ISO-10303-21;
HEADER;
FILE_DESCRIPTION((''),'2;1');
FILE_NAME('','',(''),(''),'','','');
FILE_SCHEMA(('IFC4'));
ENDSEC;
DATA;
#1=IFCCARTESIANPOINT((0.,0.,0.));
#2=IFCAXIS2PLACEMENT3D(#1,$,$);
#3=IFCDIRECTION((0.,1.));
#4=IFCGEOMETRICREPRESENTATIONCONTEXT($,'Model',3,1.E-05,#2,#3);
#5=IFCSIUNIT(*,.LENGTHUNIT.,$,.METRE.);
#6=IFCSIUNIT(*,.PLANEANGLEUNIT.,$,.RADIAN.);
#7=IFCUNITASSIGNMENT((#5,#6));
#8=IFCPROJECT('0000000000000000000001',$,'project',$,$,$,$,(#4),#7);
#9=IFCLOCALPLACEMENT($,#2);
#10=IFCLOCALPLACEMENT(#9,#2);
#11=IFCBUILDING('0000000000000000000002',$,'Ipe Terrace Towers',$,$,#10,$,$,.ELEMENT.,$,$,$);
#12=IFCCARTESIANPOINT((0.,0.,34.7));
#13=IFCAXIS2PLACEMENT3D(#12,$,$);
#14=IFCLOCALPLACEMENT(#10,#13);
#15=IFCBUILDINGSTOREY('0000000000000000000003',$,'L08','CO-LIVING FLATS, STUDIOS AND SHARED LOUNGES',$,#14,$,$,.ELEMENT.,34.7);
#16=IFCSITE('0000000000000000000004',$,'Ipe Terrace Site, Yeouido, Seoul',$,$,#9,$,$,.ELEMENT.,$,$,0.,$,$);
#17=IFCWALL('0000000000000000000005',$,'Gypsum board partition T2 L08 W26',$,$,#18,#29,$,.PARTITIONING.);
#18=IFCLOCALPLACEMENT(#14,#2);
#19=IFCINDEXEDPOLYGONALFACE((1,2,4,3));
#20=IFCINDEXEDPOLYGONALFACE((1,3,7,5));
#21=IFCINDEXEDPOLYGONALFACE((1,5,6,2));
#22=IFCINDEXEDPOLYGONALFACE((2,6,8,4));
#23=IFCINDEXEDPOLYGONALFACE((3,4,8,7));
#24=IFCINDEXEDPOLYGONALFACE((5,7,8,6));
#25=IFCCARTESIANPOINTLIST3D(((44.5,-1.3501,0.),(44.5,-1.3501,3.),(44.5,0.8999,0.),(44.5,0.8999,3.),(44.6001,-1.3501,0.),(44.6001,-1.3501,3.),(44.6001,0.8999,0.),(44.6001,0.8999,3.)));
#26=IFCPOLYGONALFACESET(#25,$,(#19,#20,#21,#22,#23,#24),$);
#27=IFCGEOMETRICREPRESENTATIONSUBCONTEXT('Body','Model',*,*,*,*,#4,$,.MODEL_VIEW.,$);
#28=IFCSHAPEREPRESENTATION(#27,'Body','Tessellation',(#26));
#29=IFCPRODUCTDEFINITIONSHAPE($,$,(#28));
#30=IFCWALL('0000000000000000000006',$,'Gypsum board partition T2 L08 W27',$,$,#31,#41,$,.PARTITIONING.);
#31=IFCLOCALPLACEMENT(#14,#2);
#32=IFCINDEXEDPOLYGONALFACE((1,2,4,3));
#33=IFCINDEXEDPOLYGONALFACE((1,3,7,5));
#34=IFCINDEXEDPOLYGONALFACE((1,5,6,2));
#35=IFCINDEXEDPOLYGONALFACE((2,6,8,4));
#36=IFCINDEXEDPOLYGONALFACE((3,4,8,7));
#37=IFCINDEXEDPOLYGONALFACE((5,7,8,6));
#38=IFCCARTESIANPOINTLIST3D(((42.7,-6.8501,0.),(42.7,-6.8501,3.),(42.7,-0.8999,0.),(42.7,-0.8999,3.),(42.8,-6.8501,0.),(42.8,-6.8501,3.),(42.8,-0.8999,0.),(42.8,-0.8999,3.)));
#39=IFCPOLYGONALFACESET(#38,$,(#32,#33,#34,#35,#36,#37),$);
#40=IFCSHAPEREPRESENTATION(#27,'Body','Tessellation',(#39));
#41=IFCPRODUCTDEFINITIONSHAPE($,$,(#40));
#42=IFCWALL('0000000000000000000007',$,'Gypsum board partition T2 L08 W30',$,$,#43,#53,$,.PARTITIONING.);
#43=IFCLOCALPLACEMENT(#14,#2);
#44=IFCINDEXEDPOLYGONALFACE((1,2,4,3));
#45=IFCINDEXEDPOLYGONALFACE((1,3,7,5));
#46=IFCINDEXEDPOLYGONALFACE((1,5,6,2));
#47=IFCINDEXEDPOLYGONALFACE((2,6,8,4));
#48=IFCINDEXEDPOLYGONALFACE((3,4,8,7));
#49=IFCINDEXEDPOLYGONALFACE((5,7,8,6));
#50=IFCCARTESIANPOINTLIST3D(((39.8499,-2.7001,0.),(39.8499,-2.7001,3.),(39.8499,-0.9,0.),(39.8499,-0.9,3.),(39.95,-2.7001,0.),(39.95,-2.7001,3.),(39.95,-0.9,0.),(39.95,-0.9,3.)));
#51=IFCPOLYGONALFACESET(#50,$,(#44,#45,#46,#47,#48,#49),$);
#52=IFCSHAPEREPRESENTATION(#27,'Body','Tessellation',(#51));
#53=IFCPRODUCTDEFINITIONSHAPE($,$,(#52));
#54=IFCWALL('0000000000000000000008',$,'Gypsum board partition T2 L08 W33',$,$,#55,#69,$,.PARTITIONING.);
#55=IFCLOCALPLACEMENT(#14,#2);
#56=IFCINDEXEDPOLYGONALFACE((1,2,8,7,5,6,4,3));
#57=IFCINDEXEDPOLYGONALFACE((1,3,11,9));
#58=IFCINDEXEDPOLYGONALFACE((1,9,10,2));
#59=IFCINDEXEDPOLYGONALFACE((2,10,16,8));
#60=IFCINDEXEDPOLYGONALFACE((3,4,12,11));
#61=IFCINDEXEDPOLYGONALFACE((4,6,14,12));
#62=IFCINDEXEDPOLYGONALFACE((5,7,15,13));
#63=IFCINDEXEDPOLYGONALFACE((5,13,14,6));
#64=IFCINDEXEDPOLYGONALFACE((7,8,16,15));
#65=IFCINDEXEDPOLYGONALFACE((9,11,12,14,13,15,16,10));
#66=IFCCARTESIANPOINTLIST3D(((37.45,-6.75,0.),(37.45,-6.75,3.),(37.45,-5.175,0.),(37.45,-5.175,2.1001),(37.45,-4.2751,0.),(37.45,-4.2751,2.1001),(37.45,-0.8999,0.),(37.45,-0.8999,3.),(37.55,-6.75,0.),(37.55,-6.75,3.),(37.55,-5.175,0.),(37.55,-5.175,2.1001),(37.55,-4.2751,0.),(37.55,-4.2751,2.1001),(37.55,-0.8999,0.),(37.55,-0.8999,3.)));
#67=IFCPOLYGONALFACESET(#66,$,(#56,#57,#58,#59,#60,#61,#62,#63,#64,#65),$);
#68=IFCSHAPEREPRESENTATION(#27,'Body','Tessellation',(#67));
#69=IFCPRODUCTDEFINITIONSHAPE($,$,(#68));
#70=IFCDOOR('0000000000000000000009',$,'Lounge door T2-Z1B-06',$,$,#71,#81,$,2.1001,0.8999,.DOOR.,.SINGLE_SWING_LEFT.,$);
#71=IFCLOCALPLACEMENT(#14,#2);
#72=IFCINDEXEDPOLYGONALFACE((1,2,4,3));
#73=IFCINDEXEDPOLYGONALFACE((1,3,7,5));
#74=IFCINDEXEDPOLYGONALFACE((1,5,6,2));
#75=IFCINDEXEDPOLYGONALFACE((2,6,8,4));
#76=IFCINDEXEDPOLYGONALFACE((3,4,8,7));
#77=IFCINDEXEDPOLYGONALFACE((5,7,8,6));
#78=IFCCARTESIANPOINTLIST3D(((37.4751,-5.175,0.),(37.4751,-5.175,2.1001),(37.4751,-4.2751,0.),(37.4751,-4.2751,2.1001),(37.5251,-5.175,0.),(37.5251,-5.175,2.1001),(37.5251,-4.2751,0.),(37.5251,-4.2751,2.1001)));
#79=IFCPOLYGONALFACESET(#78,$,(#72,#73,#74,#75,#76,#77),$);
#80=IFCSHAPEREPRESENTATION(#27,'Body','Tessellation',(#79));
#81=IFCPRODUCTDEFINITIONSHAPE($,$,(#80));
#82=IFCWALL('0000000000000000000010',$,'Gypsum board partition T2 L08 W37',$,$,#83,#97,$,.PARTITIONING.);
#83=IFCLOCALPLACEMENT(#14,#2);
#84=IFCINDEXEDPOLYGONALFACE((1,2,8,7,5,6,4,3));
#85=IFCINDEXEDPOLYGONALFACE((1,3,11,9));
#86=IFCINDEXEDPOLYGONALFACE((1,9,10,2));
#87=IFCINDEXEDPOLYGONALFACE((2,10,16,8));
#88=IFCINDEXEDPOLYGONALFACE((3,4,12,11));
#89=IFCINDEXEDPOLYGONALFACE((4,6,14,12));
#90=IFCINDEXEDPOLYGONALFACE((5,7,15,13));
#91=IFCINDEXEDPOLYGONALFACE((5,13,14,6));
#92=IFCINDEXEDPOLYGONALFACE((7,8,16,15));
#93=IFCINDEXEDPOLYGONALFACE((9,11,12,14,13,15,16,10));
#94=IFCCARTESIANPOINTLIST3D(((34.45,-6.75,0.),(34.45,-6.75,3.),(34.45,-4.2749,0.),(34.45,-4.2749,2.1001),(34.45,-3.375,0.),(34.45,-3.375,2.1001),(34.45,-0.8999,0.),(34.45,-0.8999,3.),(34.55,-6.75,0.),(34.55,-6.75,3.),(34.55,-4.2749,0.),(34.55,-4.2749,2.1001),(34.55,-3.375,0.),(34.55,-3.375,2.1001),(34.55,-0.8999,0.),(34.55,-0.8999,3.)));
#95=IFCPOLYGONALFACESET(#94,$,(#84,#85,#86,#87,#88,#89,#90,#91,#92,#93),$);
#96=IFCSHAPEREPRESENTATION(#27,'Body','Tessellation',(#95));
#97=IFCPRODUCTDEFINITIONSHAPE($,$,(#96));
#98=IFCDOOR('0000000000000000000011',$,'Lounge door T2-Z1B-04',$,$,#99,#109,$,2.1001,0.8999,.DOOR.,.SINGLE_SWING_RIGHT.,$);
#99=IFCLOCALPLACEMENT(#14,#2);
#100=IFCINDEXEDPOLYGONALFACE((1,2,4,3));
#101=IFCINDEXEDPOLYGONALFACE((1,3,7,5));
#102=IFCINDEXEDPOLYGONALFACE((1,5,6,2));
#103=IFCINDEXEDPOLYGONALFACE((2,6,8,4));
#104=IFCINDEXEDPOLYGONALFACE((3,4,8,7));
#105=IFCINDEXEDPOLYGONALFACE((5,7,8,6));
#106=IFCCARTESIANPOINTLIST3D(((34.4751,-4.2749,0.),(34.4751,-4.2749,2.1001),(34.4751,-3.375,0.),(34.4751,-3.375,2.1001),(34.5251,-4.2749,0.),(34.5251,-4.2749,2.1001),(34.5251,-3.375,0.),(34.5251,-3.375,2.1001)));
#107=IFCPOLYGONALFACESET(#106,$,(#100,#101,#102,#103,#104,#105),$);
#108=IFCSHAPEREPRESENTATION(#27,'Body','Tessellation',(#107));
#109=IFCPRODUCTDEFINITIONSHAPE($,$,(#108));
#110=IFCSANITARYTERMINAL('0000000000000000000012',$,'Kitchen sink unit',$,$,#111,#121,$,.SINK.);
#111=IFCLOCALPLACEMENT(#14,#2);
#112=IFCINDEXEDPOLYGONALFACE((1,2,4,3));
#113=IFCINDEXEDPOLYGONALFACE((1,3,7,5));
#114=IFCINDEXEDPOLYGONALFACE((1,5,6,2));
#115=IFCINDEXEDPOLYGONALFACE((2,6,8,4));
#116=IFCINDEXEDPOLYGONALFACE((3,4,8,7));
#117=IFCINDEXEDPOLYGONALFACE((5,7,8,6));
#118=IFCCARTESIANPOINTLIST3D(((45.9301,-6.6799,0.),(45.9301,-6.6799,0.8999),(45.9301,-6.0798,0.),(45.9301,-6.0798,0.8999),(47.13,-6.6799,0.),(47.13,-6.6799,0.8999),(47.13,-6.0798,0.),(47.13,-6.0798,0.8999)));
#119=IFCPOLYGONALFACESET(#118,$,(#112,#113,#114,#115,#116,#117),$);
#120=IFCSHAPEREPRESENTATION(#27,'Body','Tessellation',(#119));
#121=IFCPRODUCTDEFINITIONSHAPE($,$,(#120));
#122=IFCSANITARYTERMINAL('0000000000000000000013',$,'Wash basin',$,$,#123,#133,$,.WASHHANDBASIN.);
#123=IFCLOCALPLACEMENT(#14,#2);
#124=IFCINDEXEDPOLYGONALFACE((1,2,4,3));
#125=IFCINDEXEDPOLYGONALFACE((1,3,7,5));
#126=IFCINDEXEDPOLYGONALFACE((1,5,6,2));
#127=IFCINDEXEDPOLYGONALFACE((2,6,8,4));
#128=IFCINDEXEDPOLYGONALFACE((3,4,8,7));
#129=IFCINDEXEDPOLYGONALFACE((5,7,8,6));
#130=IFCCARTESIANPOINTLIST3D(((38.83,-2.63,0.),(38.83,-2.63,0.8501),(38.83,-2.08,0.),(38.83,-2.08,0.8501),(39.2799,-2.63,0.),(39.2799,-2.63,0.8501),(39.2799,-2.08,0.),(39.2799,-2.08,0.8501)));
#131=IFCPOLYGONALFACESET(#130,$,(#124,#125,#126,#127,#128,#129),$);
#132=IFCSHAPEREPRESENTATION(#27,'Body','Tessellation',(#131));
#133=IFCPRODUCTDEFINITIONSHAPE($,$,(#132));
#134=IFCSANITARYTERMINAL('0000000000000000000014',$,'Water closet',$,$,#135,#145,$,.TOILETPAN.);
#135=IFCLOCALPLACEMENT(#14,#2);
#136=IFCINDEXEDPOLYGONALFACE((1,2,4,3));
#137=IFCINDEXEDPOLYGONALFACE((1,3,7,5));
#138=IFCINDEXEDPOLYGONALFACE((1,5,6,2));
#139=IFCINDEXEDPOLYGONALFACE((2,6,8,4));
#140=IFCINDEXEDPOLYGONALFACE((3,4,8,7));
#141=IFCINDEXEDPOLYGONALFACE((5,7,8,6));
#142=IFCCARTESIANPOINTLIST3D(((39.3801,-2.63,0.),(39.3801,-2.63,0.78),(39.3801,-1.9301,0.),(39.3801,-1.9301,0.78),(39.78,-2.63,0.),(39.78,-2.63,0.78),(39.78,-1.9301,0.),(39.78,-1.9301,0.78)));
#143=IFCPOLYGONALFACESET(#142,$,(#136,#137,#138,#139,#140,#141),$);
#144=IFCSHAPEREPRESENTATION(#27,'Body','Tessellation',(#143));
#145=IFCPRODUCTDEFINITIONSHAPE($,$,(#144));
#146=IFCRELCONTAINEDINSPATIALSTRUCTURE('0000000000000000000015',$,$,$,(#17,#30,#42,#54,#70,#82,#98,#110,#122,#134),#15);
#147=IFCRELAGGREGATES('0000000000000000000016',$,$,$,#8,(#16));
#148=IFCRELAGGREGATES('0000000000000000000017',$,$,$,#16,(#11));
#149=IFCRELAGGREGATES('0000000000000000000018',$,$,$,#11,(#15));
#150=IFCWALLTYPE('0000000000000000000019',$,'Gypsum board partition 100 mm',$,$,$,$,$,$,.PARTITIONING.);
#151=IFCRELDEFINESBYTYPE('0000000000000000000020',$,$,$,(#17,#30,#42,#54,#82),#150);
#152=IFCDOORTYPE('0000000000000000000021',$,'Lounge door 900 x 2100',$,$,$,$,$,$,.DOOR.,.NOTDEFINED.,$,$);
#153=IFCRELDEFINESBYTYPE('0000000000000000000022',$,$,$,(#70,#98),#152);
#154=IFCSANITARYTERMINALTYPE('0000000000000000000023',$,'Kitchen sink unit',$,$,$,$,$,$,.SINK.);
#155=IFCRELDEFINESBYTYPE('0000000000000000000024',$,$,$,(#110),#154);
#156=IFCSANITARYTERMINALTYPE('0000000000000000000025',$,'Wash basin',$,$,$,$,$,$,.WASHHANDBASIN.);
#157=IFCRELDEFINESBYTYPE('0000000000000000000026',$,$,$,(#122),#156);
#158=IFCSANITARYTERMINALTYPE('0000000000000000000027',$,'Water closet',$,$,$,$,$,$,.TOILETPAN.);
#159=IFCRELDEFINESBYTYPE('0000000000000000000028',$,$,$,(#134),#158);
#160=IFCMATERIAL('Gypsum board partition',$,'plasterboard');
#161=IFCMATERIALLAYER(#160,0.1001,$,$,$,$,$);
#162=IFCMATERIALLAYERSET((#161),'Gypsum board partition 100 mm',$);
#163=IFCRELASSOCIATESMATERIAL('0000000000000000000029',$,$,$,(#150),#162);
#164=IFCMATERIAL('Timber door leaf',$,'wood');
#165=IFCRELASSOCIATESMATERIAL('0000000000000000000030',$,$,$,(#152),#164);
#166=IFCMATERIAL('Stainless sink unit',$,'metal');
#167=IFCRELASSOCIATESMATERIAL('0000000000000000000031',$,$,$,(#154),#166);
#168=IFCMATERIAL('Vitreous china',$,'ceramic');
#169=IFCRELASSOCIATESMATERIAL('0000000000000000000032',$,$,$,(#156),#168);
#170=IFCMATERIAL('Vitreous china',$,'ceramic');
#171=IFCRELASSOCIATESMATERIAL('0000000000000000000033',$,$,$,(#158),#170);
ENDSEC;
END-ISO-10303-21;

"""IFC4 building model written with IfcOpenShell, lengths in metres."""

from ifc_helpers import new_model, si_unit, direction, frame, frame_2d, origin, origin_2d, place, context, subcontext, project, spatial, rectangle, extrude, material, layer, layer_set, type_object, element, fill, save


model = new_model("IFC4")

# Units and contexts
model_context = context("Model", 3, precision=1e-05, world=origin(), true_north=direction((0.0, 1.0)))
body_context = subcontext(model_context, "Body", "Model", "MODEL_VIEW")
ifc_project = project(units=[si_unit("LENGTHUNIT", "METRE"), si_unit("PLANEANGLEUNIT", "RADIAN")], contexts=[model_context])

# Site, building, storey
site_placement = place(None, origin())
site = spatial("IfcSite", under=ifc_project, at=site_placement, Name="Ipe Terrace Site, Yeouido, Seoul", CompositionType="ELEMENT", RefElevation=0.0)
building_placement = place(site_placement, origin())
building = spatial("IfcBuilding", under=site, at=building_placement, Name="Ipe Terrace Towers", CompositionType="ELEMENT")
storey_placement = place(building_placement, frame((0.0, 0.0, 34.7)))
storey = spatial("IfcBuildingStorey", under=building, at=storey_placement, Name="L08", Description="CO-LIVING FLATS, STUDIOS AND SHARED LOUNGES", CompositionType="ELEMENT", Elevation=34.7)

# Shared definitions
ifc_material_1 = material(Name="Gypsum board partition", Category="plasterboard")
ifc_layer_1 = layer(ifc_material_1, 0.1001)
ifc_layer_set_1 = layer_set([ifc_layer_1], Name="Gypsum board partition 100 mm")
wall_type = type_object("IfcWallType", Name="Gypsum board partition 100 mm", PredefinedType="PARTITIONING", material=ifc_layer_set_1)

# Shared definitions
ifc_material_2 = material(Name="Timber door leaf", Category="wood")
door_type = type_object("IfcDoorType", Name="Lounge door 900 x 2100", OperationType="NOTDEFINED", PredefinedType="DOOR", material=ifc_material_2)

# Walls
wall_1_placement = place(storey_placement, frame((44.55, -1.3501, 0.0), z_axis=(0.0, 0.0, 1.0), x_axis=(0.0, 1.0, 0.0)))
element("IfcWall", 1, at=wall_1_placement, inside=storey, type_object=wall_type, Name="Gypsum board partition T2 L08 W26", PredefinedType="PARTITIONING", context=body_context, shape_type="SweptSolid", body=[
    extrude(rectangle(XDim=2.25, YDim=0.1001, at=frame_2d((1.125, 0.0))), origin(), (0.0, 0.0, 1.0), 3.0),
])
wall_2_placement = place(storey_placement, frame((42.75, -6.8501, 0.0), z_axis=(0.0, 0.0, 1.0), x_axis=(0.0, 1.0, 0.0)))
element("IfcWall", 2, at=wall_2_placement, inside=storey, type_object=wall_type, Name="Gypsum board partition T2 L08 W27", PredefinedType="PARTITIONING", context=body_context, shape_type="SweptSolid", body=[
    extrude(rectangle(XDim=5.9502, YDim=0.1001, at=frame_2d((2.9751, 0.0))), origin(), (0.0, 0.0, 1.0), 3.0),
])
wall_3_placement = place(storey_placement, frame((39.8999, -2.7, 0.0), z_axis=(0.0, 0.0, 1.0), x_axis=(0.0, 1.0, 0.0)))
element("IfcWall", 3, at=wall_3_placement, inside=storey, type_object=wall_type, Name="Gypsum board partition T2 L08 W30", PredefinedType="PARTITIONING", context=body_context, shape_type="SweptSolid", body=[
    extrude(rectangle(XDim=1.8, YDim=0.1001, at=frame_2d((0.8999, 0.0))), origin(), (0.0, 0.0, 1.0), 3.0),
])

# Walls, openings, doors
wall_4_placement = place(storey_placement, frame((37.5, -6.75, 0.0), z_axis=(0.0, 0.0, 1.0), x_axis=(0.0, 1.0, 0.0)))
wall_4 = element("IfcWall", 4, at=wall_4_placement, inside=storey, type_object=wall_type, Name="Gypsum board partition T2 L08 W33", PredefinedType="PARTITIONING", context=body_context, shape_type="SweptSolid", body=[
    extrude(rectangle(XDim=5.8501, YDim=0.1001, at=frame_2d((2.925, 0.0))), origin(), (0.0, 0.0, 1.0), 3.0),
])
opening_1_placement = place(wall_4_placement, frame((1.575, 0.0, 0.0)))
opening_1 = element("IfcOpeningElement", 5, at=opening_1_placement, cuts=wall_4, PredefinedType="OPENING", context=body_context, shape_type="SweptSolid", body=[
    extrude(rectangle(XDim=0.8999, YDim=2.1001, at=frame_2d((0.45, 1.05))), frame((0.0, 0.0601, 0.0), z_axis=(0.0, -1.0, 0.0), x_axis=(1.0, 0.0, 0.0)), (0.0, 0.0, 1.0), 0.1201),
])
door_1_placement = place(opening_1_placement, origin())
door_1 = element("IfcDoor", 6, at=door_1_placement, inside=storey, type_object=door_type, Name="Lounge door T2-Z1B-06", OperationType="SINGLE_SWING_LEFT", OverallHeight=2.1001, OverallWidth=0.8999, PredefinedType="DOOR", context=body_context, shape_type="SweptSolid", body=[
    extrude(rectangle(XDim=0.8999, YDim=2.1001, at=frame_2d((0.45, 1.05))), frame((0.0, 0.0249, 0.0), z_axis=(0.0, -1.0, 0.0), x_axis=(1.0, 0.0, 0.0)), (0.0, 0.0, 1.0), 0.05),
])
fill(opening_1, door_1)
wall_5_placement = place(storey_placement, frame((34.5, -6.75, 0.0), z_axis=(0.0, 0.0, 1.0), x_axis=(0.0, 1.0, 0.0)))
wall_5 = element("IfcWall", 7, at=wall_5_placement, inside=storey, type_object=wall_type, Name="Gypsum board partition T2 L08 W37", PredefinedType="PARTITIONING", context=body_context, shape_type="SweptSolid", body=[
    extrude(rectangle(XDim=5.8501, YDim=0.1001, at=frame_2d((2.925, 0.0))), origin(), (0.0, 0.0, 1.0), 3.0),
])
opening_2_placement = place(wall_5_placement, frame((2.4751, 0.0, 0.0)))
opening_2 = element("IfcOpeningElement", 8, at=opening_2_placement, cuts=wall_5, PredefinedType="OPENING", context=body_context, shape_type="SweptSolid", body=[
    extrude(rectangle(XDim=0.8999, YDim=2.1001, at=frame_2d((0.45, 1.05))), frame((0.0, 0.0601, 0.0), z_axis=(0.0, -1.0, 0.0), x_axis=(1.0, 0.0, 0.0)), (0.0, 0.0, 1.0), 0.1201),
])
door_2_placement = place(opening_2_placement, origin())
door_2 = element("IfcDoor", 9, at=door_2_placement, inside=storey, type_object=door_type, Name="Lounge door T2-Z1B-04", OperationType="SINGLE_SWING_RIGHT", OverallHeight=2.1001, OverallWidth=0.8999, PredefinedType="DOOR", context=body_context, shape_type="SweptSolid", body=[
    extrude(rectangle(XDim=0.8999, YDim=2.1001, at=frame_2d((0.45, 1.05))), frame((0.0, 0.0249, 0.0), z_axis=(0.0, -1.0, 0.0), x_axis=(1.0, 0.0, 0.0)), (0.0, 0.0, 1.0), 0.05),
])
fill(opening_2, door_2)

# Sanitary terminals
ifc_material_3 = material(Name="Stainless sink unit", Category="metal")
sanitary_terminal_type_1 = type_object("IfcSanitaryTerminalType", Name="Kitchen sink unit", PredefinedType="SINK", material=ifc_material_3)
sanitary_terminal_1_placement = place(storey_placement, frame((46.53, -6.3799, 0.0), z_axis=(0.0, 0.0, 1.0), x_axis=(-1.0, 0.0, 0.0)))
element("IfcSanitaryTerminal", 10, at=sanitary_terminal_1_placement, inside=storey, type_object=sanitary_terminal_type_1, Name="Kitchen sink unit", PredefinedType="SINK", context=body_context, shape_type="SweptSolid", body=[
    extrude(rectangle(XDim=1.2, YDim=0.6001, at=origin_2d()), origin(), (0.0, 0.0, 1.0), 0.8999),
])
ifc_material_4 = material(Name="Vitreous china", Category="ceramic")
sanitary_terminal_type_2 = type_object("IfcSanitaryTerminalType", Name="Wash basin", PredefinedType="WASHHANDBASIN", material=ifc_material_4)
sanitary_terminal_2_placement = place(storey_placement, frame((39.0549, -2.355, 0.0), z_axis=(0.0, 0.0, 1.0), x_axis=(0.0, 1.0, 0.0)))
element("IfcSanitaryTerminal", 11, at=sanitary_terminal_2_placement, inside=storey, type_object=sanitary_terminal_type_2, Name="Wash basin", PredefinedType="WASHHANDBASIN", context=body_context, shape_type="SweptSolid", body=[
    extrude(rectangle(XDim=0.55, YDim=0.45, at=origin_2d()), origin(), (0.0, 0.0, 1.0), 0.8501),
])
ifc_material_5 = material(Name="Vitreous china", Category="ceramic")
sanitary_terminal_type_3 = type_object("IfcSanitaryTerminalType", Name="Water closet", PredefinedType="TOILETPAN", material=ifc_material_5)
sanitary_terminal_3_placement = place(storey_placement, frame((39.5801, -2.28, 0.0), z_axis=(0.0, 0.0, 1.0), x_axis=(0.0, 1.0, 0.0)))
element("IfcSanitaryTerminal", 12, at=sanitary_terminal_3_placement, inside=storey, type_object=sanitary_terminal_type_3, Name="Water closet", PredefinedType="TOILETPAN", context=body_context, shape_type="SweptSolid", body=[
    extrude(rectangle(XDim=0.7, YDim=0.3999, at=origin_2d()), origin(), (0.0, 0.0, 1.0), 0.78),
])

save(model, "model.ifc")
